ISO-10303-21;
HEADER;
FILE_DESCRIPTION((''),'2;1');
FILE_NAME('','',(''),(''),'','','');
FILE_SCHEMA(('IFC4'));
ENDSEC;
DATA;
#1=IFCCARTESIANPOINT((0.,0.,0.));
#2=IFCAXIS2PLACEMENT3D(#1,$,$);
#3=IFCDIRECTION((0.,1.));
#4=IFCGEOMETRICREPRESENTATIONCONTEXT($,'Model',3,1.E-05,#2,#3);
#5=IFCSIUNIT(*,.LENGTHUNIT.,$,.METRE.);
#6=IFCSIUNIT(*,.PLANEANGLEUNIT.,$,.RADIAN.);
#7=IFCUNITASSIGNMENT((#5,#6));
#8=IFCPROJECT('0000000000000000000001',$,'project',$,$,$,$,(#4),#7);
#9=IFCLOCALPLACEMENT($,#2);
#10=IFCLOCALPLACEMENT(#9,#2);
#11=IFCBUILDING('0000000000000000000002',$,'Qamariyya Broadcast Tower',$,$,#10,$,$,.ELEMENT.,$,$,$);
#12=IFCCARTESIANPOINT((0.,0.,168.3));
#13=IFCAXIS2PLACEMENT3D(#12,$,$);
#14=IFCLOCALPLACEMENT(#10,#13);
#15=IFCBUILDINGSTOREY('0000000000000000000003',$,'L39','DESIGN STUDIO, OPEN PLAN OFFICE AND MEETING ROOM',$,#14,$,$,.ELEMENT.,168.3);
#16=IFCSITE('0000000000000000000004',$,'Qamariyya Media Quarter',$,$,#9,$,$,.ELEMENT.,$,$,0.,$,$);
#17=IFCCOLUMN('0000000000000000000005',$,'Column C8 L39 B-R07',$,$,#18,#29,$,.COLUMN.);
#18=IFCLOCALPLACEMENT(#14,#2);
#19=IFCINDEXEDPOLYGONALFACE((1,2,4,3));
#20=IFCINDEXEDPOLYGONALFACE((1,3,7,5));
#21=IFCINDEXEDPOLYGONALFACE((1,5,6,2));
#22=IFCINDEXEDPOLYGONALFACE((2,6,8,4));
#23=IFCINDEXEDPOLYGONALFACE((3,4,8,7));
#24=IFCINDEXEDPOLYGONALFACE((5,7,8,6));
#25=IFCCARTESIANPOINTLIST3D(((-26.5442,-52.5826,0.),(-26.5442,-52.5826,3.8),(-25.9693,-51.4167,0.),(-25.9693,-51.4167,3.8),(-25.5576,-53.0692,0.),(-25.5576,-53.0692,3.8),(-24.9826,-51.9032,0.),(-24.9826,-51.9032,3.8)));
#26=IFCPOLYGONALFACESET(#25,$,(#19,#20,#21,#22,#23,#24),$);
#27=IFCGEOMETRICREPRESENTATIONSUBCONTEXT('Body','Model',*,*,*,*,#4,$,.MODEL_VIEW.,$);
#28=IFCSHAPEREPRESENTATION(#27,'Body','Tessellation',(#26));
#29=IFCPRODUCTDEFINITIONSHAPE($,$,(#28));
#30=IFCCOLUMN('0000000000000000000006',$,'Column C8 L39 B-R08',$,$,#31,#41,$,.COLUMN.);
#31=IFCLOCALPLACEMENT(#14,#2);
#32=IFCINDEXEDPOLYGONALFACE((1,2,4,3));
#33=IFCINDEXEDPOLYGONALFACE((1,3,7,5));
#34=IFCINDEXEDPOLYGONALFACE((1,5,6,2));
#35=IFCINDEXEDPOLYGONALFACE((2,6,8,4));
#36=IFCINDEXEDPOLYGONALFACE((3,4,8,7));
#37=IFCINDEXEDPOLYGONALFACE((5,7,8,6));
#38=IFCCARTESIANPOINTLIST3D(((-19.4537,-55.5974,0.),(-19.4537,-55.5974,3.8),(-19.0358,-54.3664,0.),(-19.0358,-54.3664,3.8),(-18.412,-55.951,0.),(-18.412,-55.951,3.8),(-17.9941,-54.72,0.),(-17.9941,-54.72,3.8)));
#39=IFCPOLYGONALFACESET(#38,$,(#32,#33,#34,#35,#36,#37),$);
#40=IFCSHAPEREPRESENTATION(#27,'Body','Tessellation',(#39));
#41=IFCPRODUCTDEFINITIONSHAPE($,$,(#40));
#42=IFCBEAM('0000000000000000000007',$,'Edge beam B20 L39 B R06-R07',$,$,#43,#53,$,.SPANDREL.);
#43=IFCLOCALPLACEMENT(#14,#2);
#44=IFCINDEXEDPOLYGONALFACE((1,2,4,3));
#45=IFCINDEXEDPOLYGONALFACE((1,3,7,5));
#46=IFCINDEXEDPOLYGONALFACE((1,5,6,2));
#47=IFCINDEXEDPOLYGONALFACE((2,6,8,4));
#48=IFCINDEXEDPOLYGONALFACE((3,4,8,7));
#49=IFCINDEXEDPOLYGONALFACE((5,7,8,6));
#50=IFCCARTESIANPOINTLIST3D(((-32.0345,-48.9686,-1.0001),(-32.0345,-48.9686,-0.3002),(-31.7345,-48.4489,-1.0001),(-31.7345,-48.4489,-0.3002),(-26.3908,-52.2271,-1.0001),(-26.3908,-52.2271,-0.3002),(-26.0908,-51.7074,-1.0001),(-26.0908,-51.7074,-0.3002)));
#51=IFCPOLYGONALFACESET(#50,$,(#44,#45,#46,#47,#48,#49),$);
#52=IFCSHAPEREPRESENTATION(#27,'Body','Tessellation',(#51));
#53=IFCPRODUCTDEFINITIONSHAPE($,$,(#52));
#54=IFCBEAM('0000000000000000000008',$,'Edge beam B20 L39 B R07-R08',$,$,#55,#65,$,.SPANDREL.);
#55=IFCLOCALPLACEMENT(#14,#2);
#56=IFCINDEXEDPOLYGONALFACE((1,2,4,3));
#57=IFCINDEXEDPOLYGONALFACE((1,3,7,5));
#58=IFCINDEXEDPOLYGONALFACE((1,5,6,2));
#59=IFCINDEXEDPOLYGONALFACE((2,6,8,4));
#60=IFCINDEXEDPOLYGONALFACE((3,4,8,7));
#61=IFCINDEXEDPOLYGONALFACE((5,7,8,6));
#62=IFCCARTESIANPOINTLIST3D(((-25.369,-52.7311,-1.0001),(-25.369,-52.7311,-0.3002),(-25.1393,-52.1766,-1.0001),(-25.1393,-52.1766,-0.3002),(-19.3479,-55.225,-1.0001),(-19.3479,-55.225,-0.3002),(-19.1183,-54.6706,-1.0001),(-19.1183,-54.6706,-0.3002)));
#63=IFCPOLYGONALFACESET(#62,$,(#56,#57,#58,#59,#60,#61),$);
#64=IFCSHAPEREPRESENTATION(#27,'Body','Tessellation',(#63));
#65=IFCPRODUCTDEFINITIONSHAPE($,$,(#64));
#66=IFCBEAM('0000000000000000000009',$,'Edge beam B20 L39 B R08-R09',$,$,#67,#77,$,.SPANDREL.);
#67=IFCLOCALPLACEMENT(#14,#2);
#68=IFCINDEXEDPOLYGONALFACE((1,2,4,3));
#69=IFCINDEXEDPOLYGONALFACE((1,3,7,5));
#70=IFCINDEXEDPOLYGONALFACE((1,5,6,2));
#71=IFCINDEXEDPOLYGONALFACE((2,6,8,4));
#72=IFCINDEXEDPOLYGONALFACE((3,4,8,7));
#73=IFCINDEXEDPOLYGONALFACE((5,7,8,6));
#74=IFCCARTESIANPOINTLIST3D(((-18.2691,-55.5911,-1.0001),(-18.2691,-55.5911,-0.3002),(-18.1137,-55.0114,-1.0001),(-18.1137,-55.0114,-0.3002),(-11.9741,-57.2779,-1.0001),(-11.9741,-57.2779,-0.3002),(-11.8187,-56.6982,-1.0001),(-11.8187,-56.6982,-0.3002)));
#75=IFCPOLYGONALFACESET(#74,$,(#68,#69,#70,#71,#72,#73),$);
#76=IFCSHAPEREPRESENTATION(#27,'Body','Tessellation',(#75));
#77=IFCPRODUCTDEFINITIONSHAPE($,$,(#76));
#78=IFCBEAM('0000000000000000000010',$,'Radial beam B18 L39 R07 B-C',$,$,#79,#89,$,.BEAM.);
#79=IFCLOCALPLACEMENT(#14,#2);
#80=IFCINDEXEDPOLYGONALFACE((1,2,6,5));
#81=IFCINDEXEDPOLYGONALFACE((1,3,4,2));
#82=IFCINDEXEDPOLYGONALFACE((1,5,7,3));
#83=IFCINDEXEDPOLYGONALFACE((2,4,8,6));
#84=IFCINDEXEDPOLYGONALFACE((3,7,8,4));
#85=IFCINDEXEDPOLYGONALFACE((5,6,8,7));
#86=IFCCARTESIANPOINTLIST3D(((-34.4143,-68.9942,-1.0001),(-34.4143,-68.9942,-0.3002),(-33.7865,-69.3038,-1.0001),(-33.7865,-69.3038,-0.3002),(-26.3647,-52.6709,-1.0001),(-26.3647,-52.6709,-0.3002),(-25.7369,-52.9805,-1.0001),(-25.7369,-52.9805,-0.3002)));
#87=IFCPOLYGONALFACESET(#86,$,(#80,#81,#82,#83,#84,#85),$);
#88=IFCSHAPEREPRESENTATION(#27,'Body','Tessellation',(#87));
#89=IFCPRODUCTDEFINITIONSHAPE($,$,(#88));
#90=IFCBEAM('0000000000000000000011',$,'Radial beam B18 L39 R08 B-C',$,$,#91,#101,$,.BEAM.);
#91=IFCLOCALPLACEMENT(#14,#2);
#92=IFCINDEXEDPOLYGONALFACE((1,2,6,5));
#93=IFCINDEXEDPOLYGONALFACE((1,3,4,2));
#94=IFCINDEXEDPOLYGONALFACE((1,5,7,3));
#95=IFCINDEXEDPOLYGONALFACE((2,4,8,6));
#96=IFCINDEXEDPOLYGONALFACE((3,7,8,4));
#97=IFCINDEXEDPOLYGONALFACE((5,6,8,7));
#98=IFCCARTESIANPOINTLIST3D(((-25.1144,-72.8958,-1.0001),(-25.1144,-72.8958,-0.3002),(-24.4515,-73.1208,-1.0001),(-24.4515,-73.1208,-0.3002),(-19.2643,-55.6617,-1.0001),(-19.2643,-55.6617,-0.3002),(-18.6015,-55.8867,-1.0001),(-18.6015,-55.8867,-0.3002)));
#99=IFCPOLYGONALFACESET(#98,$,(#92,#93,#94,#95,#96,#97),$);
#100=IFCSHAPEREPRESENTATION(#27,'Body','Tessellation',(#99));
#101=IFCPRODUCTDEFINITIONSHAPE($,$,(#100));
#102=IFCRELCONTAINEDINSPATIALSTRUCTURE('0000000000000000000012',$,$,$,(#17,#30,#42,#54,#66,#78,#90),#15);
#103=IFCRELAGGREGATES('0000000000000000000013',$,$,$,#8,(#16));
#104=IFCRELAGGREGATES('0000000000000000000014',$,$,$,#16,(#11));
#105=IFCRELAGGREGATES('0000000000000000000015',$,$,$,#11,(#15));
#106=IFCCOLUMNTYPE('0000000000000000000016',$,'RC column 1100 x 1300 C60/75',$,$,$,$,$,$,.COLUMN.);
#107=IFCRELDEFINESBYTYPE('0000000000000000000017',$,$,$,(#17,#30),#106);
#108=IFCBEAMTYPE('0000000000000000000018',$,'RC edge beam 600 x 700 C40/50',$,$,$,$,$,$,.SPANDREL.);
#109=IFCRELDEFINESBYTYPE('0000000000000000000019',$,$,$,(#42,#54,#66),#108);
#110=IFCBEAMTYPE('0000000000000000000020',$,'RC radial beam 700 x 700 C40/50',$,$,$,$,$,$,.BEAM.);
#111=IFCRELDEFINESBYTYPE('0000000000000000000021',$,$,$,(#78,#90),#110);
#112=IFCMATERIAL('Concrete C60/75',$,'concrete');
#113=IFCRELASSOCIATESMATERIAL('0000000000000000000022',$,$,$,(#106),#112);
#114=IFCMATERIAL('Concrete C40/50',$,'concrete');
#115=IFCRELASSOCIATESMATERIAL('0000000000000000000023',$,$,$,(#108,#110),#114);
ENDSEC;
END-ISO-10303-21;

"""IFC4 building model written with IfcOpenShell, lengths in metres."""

from ifc_helpers import new_model, si_unit, direction, frame, origin, origin_2d, place, context, subcontext, project, spatial, rectangle, extrude, material, material_profile, profile_set, type_object, element, save


model = new_model("IFC4")

# Units and contexts
model_context = context("Model", 3, precision=1e-05, world=origin(), true_north=direction((0.0, 1.0)))
body_context = subcontext(model_context, "Body", "Model", "MODEL_VIEW")
ifc_project = project(units=[si_unit("LENGTHUNIT", "METRE"), si_unit("PLANEANGLEUNIT", "RADIAN")], contexts=[model_context])

# Site, building, storey
site_placement = place(None, origin())
site = spatial("IfcSite", under=ifc_project, at=site_placement, Name="Qamariyya Media Quarter", CompositionType="ELEMENT", RefElevation=0.0)
building_placement = place(site_placement, origin())
building = spatial("IfcBuilding", under=site, at=building_placement, Name="Qamariyya Broadcast Tower", CompositionType="ELEMENT")
storey_placement = place(building_placement, frame((0.0, 0.0, 168.3)))
storey = spatial("IfcBuildingStorey", under=building, at=storey_placement, Name="L39", Description="DESIGN STUDIO, OPEN PLAN OFFICE AND MEETING ROOM", CompositionType="ELEMENT", Elevation=168.3)

# Columns
ifc_material_1 = material(Name="Concrete C60/75", Category="concrete")
ifc_material_profile_1 = material_profile(ifc_material_1, rectangle(XDim=1.1001, YDim=1.3, at=origin_2d()))
ifc_profile_set_1 = profile_set([ifc_material_profile_1], Name="Concrete C60/75")
column_type = type_object("IfcColumnType", Name="RC column 1100 x 1300 C60/75", PredefinedType="COLUMN", material=ifc_profile_set_1)
for number, where, z_axis, x_axis, name in (
    (1, (-25.7634, -52.2429, 0.0), (0.0, 0.0, 1.0), (0.896873, -0.442289, 0.0), "Column C8 L39 B-R07"),
    (2, (-18.7239, -55.1587, 0.0), (0.0, 0.0, 1.0), (0.94693, -0.321439, 0.0), "Column C8 L39 B-R08"),
):
    element("IfcColumn", number, at=place(storey_placement, frame(where, z_axis=z_axis, x_axis=x_axis)), inside=storey, type_object=column_type, Name=name, PredefinedType="COLUMN", context=body_context, shape_type="SweptSolid", body=[
        extrude(rectangle(XDim=1.1001, YDim=1.3, at=origin_2d()), origin(), (0.0, 0.0, 1.0), 3.8),
    ])

# Beams
ifc_material_2 = material(Name="Concrete C40/50", Category="concrete")
ifc_material_profile_2 = material_profile(ifc_material_2, rectangle(XDim=0.6001, YDim=0.7, at=origin_2d()))
ifc_profile_set_2 = profile_set([ifc_material_profile_2], Name="Concrete C40/50")
beam_type_1 = type_object("IfcBeamType", Name="RC edge beam 600 x 700 C40/50", PredefinedType="SPANDREL", material=ifc_profile_set_2)
beam_1_placement = place(storey_placement, frame((-31.8845, -48.7087, -0.6501), z_axis=(0.866019, -0.500011, 0.0), x_axis=(0.500011, 0.866019, 0.0)))
element("IfcBeam", 3, at=beam_1_placement, inside=storey, type_object=beam_type_1, Name="Edge beam B20 L39 B R06-R07", PredefinedType="SPANDREL", context=body_context, shape_type="SweptSolid", body=[
    extrude(rectangle(XDim=0.6001, YDim=0.7, at=origin_2d()), origin(), (0.0, 0.0, 1.0), 6.5168),
])
for number, where, z_axis, x_axis, name in (
    (4, (-25.2542, -52.4539, -0.6501), (0.923884, -0.382673, 0.0), (0.382673, 0.923884, 0.0), "Edge beam B20 L39 B R07-R08"),
    (5, (-18.1914, -55.3013, -0.6501), (0.965924, -0.258826, 0.0), (0.258826, 0.965924, 0.0), "Edge beam B20 L39 B R08-R09"),
):
    element("IfcBeam", number, at=place(storey_placement, frame(where, z_axis=z_axis, x_axis=x_axis)), inside=storey, type_object=beam_type_1, Name=name, PredefinedType="SPANDREL", context=body_context, shape_type="SweptSolid", body=[
        extrude(rectangle(XDim=0.6001, YDim=0.7, at=origin_2d()), origin(), (0.0, 0.0, 1.0), 6.5171),
    ])
ifc_material_profile_3 = material_profile(ifc_material_2, rectangle(XDim=0.7, YDim=0.7, at=origin_2d()))
ifc_profile_set_3 = profile_set([ifc_material_profile_3], Name="Concrete C40/50")
beam_type_2 = type_object("IfcBeamType", Name="RC radial beam 700 x 700 C40/50", PredefinedType="BEAM", material=ifc_profile_set_3)
beam_2_placement = place(storey_placement, frame((-26.0508, -52.8257, -0.6501), z_axis=(-0.442281, -0.896876, 0.0), x_axis=(0.896876, -0.442281, 0.0)))
element("IfcBeam", 6, at=beam_2_placement, inside=storey, type_object=beam_type_2, Name="Radial beam B18 L39 R07 B-C", PredefinedType="BEAM", context=body_context, shape_type="SweptSolid", body=[
    extrude(rectangle(XDim=0.7, YDim=0.7, at=origin_2d()), origin(), (0.0, 0.0, 1.0), 18.2002),
])
beam_3_placement = place(storey_placement, frame((-18.9329, -55.7742, -0.6501), z_axis=(-0.321434, -0.946932, 0.0), x_axis=(0.946932, -0.321434, 0.0)))
element("IfcBeam", 7, at=beam_3_placement, inside=storey, type_object=beam_type_2, Name="Radial beam B18 L39 R08 B-C", PredefinedType="BEAM", context=body_context, shape_type="SweptSolid", body=[
    extrude(rectangle(XDim=0.7, YDim=0.7, at=origin_2d()), origin(), (0.0, 0.0, 1.0), 18.2),
])

save(model, "model.ifc")
